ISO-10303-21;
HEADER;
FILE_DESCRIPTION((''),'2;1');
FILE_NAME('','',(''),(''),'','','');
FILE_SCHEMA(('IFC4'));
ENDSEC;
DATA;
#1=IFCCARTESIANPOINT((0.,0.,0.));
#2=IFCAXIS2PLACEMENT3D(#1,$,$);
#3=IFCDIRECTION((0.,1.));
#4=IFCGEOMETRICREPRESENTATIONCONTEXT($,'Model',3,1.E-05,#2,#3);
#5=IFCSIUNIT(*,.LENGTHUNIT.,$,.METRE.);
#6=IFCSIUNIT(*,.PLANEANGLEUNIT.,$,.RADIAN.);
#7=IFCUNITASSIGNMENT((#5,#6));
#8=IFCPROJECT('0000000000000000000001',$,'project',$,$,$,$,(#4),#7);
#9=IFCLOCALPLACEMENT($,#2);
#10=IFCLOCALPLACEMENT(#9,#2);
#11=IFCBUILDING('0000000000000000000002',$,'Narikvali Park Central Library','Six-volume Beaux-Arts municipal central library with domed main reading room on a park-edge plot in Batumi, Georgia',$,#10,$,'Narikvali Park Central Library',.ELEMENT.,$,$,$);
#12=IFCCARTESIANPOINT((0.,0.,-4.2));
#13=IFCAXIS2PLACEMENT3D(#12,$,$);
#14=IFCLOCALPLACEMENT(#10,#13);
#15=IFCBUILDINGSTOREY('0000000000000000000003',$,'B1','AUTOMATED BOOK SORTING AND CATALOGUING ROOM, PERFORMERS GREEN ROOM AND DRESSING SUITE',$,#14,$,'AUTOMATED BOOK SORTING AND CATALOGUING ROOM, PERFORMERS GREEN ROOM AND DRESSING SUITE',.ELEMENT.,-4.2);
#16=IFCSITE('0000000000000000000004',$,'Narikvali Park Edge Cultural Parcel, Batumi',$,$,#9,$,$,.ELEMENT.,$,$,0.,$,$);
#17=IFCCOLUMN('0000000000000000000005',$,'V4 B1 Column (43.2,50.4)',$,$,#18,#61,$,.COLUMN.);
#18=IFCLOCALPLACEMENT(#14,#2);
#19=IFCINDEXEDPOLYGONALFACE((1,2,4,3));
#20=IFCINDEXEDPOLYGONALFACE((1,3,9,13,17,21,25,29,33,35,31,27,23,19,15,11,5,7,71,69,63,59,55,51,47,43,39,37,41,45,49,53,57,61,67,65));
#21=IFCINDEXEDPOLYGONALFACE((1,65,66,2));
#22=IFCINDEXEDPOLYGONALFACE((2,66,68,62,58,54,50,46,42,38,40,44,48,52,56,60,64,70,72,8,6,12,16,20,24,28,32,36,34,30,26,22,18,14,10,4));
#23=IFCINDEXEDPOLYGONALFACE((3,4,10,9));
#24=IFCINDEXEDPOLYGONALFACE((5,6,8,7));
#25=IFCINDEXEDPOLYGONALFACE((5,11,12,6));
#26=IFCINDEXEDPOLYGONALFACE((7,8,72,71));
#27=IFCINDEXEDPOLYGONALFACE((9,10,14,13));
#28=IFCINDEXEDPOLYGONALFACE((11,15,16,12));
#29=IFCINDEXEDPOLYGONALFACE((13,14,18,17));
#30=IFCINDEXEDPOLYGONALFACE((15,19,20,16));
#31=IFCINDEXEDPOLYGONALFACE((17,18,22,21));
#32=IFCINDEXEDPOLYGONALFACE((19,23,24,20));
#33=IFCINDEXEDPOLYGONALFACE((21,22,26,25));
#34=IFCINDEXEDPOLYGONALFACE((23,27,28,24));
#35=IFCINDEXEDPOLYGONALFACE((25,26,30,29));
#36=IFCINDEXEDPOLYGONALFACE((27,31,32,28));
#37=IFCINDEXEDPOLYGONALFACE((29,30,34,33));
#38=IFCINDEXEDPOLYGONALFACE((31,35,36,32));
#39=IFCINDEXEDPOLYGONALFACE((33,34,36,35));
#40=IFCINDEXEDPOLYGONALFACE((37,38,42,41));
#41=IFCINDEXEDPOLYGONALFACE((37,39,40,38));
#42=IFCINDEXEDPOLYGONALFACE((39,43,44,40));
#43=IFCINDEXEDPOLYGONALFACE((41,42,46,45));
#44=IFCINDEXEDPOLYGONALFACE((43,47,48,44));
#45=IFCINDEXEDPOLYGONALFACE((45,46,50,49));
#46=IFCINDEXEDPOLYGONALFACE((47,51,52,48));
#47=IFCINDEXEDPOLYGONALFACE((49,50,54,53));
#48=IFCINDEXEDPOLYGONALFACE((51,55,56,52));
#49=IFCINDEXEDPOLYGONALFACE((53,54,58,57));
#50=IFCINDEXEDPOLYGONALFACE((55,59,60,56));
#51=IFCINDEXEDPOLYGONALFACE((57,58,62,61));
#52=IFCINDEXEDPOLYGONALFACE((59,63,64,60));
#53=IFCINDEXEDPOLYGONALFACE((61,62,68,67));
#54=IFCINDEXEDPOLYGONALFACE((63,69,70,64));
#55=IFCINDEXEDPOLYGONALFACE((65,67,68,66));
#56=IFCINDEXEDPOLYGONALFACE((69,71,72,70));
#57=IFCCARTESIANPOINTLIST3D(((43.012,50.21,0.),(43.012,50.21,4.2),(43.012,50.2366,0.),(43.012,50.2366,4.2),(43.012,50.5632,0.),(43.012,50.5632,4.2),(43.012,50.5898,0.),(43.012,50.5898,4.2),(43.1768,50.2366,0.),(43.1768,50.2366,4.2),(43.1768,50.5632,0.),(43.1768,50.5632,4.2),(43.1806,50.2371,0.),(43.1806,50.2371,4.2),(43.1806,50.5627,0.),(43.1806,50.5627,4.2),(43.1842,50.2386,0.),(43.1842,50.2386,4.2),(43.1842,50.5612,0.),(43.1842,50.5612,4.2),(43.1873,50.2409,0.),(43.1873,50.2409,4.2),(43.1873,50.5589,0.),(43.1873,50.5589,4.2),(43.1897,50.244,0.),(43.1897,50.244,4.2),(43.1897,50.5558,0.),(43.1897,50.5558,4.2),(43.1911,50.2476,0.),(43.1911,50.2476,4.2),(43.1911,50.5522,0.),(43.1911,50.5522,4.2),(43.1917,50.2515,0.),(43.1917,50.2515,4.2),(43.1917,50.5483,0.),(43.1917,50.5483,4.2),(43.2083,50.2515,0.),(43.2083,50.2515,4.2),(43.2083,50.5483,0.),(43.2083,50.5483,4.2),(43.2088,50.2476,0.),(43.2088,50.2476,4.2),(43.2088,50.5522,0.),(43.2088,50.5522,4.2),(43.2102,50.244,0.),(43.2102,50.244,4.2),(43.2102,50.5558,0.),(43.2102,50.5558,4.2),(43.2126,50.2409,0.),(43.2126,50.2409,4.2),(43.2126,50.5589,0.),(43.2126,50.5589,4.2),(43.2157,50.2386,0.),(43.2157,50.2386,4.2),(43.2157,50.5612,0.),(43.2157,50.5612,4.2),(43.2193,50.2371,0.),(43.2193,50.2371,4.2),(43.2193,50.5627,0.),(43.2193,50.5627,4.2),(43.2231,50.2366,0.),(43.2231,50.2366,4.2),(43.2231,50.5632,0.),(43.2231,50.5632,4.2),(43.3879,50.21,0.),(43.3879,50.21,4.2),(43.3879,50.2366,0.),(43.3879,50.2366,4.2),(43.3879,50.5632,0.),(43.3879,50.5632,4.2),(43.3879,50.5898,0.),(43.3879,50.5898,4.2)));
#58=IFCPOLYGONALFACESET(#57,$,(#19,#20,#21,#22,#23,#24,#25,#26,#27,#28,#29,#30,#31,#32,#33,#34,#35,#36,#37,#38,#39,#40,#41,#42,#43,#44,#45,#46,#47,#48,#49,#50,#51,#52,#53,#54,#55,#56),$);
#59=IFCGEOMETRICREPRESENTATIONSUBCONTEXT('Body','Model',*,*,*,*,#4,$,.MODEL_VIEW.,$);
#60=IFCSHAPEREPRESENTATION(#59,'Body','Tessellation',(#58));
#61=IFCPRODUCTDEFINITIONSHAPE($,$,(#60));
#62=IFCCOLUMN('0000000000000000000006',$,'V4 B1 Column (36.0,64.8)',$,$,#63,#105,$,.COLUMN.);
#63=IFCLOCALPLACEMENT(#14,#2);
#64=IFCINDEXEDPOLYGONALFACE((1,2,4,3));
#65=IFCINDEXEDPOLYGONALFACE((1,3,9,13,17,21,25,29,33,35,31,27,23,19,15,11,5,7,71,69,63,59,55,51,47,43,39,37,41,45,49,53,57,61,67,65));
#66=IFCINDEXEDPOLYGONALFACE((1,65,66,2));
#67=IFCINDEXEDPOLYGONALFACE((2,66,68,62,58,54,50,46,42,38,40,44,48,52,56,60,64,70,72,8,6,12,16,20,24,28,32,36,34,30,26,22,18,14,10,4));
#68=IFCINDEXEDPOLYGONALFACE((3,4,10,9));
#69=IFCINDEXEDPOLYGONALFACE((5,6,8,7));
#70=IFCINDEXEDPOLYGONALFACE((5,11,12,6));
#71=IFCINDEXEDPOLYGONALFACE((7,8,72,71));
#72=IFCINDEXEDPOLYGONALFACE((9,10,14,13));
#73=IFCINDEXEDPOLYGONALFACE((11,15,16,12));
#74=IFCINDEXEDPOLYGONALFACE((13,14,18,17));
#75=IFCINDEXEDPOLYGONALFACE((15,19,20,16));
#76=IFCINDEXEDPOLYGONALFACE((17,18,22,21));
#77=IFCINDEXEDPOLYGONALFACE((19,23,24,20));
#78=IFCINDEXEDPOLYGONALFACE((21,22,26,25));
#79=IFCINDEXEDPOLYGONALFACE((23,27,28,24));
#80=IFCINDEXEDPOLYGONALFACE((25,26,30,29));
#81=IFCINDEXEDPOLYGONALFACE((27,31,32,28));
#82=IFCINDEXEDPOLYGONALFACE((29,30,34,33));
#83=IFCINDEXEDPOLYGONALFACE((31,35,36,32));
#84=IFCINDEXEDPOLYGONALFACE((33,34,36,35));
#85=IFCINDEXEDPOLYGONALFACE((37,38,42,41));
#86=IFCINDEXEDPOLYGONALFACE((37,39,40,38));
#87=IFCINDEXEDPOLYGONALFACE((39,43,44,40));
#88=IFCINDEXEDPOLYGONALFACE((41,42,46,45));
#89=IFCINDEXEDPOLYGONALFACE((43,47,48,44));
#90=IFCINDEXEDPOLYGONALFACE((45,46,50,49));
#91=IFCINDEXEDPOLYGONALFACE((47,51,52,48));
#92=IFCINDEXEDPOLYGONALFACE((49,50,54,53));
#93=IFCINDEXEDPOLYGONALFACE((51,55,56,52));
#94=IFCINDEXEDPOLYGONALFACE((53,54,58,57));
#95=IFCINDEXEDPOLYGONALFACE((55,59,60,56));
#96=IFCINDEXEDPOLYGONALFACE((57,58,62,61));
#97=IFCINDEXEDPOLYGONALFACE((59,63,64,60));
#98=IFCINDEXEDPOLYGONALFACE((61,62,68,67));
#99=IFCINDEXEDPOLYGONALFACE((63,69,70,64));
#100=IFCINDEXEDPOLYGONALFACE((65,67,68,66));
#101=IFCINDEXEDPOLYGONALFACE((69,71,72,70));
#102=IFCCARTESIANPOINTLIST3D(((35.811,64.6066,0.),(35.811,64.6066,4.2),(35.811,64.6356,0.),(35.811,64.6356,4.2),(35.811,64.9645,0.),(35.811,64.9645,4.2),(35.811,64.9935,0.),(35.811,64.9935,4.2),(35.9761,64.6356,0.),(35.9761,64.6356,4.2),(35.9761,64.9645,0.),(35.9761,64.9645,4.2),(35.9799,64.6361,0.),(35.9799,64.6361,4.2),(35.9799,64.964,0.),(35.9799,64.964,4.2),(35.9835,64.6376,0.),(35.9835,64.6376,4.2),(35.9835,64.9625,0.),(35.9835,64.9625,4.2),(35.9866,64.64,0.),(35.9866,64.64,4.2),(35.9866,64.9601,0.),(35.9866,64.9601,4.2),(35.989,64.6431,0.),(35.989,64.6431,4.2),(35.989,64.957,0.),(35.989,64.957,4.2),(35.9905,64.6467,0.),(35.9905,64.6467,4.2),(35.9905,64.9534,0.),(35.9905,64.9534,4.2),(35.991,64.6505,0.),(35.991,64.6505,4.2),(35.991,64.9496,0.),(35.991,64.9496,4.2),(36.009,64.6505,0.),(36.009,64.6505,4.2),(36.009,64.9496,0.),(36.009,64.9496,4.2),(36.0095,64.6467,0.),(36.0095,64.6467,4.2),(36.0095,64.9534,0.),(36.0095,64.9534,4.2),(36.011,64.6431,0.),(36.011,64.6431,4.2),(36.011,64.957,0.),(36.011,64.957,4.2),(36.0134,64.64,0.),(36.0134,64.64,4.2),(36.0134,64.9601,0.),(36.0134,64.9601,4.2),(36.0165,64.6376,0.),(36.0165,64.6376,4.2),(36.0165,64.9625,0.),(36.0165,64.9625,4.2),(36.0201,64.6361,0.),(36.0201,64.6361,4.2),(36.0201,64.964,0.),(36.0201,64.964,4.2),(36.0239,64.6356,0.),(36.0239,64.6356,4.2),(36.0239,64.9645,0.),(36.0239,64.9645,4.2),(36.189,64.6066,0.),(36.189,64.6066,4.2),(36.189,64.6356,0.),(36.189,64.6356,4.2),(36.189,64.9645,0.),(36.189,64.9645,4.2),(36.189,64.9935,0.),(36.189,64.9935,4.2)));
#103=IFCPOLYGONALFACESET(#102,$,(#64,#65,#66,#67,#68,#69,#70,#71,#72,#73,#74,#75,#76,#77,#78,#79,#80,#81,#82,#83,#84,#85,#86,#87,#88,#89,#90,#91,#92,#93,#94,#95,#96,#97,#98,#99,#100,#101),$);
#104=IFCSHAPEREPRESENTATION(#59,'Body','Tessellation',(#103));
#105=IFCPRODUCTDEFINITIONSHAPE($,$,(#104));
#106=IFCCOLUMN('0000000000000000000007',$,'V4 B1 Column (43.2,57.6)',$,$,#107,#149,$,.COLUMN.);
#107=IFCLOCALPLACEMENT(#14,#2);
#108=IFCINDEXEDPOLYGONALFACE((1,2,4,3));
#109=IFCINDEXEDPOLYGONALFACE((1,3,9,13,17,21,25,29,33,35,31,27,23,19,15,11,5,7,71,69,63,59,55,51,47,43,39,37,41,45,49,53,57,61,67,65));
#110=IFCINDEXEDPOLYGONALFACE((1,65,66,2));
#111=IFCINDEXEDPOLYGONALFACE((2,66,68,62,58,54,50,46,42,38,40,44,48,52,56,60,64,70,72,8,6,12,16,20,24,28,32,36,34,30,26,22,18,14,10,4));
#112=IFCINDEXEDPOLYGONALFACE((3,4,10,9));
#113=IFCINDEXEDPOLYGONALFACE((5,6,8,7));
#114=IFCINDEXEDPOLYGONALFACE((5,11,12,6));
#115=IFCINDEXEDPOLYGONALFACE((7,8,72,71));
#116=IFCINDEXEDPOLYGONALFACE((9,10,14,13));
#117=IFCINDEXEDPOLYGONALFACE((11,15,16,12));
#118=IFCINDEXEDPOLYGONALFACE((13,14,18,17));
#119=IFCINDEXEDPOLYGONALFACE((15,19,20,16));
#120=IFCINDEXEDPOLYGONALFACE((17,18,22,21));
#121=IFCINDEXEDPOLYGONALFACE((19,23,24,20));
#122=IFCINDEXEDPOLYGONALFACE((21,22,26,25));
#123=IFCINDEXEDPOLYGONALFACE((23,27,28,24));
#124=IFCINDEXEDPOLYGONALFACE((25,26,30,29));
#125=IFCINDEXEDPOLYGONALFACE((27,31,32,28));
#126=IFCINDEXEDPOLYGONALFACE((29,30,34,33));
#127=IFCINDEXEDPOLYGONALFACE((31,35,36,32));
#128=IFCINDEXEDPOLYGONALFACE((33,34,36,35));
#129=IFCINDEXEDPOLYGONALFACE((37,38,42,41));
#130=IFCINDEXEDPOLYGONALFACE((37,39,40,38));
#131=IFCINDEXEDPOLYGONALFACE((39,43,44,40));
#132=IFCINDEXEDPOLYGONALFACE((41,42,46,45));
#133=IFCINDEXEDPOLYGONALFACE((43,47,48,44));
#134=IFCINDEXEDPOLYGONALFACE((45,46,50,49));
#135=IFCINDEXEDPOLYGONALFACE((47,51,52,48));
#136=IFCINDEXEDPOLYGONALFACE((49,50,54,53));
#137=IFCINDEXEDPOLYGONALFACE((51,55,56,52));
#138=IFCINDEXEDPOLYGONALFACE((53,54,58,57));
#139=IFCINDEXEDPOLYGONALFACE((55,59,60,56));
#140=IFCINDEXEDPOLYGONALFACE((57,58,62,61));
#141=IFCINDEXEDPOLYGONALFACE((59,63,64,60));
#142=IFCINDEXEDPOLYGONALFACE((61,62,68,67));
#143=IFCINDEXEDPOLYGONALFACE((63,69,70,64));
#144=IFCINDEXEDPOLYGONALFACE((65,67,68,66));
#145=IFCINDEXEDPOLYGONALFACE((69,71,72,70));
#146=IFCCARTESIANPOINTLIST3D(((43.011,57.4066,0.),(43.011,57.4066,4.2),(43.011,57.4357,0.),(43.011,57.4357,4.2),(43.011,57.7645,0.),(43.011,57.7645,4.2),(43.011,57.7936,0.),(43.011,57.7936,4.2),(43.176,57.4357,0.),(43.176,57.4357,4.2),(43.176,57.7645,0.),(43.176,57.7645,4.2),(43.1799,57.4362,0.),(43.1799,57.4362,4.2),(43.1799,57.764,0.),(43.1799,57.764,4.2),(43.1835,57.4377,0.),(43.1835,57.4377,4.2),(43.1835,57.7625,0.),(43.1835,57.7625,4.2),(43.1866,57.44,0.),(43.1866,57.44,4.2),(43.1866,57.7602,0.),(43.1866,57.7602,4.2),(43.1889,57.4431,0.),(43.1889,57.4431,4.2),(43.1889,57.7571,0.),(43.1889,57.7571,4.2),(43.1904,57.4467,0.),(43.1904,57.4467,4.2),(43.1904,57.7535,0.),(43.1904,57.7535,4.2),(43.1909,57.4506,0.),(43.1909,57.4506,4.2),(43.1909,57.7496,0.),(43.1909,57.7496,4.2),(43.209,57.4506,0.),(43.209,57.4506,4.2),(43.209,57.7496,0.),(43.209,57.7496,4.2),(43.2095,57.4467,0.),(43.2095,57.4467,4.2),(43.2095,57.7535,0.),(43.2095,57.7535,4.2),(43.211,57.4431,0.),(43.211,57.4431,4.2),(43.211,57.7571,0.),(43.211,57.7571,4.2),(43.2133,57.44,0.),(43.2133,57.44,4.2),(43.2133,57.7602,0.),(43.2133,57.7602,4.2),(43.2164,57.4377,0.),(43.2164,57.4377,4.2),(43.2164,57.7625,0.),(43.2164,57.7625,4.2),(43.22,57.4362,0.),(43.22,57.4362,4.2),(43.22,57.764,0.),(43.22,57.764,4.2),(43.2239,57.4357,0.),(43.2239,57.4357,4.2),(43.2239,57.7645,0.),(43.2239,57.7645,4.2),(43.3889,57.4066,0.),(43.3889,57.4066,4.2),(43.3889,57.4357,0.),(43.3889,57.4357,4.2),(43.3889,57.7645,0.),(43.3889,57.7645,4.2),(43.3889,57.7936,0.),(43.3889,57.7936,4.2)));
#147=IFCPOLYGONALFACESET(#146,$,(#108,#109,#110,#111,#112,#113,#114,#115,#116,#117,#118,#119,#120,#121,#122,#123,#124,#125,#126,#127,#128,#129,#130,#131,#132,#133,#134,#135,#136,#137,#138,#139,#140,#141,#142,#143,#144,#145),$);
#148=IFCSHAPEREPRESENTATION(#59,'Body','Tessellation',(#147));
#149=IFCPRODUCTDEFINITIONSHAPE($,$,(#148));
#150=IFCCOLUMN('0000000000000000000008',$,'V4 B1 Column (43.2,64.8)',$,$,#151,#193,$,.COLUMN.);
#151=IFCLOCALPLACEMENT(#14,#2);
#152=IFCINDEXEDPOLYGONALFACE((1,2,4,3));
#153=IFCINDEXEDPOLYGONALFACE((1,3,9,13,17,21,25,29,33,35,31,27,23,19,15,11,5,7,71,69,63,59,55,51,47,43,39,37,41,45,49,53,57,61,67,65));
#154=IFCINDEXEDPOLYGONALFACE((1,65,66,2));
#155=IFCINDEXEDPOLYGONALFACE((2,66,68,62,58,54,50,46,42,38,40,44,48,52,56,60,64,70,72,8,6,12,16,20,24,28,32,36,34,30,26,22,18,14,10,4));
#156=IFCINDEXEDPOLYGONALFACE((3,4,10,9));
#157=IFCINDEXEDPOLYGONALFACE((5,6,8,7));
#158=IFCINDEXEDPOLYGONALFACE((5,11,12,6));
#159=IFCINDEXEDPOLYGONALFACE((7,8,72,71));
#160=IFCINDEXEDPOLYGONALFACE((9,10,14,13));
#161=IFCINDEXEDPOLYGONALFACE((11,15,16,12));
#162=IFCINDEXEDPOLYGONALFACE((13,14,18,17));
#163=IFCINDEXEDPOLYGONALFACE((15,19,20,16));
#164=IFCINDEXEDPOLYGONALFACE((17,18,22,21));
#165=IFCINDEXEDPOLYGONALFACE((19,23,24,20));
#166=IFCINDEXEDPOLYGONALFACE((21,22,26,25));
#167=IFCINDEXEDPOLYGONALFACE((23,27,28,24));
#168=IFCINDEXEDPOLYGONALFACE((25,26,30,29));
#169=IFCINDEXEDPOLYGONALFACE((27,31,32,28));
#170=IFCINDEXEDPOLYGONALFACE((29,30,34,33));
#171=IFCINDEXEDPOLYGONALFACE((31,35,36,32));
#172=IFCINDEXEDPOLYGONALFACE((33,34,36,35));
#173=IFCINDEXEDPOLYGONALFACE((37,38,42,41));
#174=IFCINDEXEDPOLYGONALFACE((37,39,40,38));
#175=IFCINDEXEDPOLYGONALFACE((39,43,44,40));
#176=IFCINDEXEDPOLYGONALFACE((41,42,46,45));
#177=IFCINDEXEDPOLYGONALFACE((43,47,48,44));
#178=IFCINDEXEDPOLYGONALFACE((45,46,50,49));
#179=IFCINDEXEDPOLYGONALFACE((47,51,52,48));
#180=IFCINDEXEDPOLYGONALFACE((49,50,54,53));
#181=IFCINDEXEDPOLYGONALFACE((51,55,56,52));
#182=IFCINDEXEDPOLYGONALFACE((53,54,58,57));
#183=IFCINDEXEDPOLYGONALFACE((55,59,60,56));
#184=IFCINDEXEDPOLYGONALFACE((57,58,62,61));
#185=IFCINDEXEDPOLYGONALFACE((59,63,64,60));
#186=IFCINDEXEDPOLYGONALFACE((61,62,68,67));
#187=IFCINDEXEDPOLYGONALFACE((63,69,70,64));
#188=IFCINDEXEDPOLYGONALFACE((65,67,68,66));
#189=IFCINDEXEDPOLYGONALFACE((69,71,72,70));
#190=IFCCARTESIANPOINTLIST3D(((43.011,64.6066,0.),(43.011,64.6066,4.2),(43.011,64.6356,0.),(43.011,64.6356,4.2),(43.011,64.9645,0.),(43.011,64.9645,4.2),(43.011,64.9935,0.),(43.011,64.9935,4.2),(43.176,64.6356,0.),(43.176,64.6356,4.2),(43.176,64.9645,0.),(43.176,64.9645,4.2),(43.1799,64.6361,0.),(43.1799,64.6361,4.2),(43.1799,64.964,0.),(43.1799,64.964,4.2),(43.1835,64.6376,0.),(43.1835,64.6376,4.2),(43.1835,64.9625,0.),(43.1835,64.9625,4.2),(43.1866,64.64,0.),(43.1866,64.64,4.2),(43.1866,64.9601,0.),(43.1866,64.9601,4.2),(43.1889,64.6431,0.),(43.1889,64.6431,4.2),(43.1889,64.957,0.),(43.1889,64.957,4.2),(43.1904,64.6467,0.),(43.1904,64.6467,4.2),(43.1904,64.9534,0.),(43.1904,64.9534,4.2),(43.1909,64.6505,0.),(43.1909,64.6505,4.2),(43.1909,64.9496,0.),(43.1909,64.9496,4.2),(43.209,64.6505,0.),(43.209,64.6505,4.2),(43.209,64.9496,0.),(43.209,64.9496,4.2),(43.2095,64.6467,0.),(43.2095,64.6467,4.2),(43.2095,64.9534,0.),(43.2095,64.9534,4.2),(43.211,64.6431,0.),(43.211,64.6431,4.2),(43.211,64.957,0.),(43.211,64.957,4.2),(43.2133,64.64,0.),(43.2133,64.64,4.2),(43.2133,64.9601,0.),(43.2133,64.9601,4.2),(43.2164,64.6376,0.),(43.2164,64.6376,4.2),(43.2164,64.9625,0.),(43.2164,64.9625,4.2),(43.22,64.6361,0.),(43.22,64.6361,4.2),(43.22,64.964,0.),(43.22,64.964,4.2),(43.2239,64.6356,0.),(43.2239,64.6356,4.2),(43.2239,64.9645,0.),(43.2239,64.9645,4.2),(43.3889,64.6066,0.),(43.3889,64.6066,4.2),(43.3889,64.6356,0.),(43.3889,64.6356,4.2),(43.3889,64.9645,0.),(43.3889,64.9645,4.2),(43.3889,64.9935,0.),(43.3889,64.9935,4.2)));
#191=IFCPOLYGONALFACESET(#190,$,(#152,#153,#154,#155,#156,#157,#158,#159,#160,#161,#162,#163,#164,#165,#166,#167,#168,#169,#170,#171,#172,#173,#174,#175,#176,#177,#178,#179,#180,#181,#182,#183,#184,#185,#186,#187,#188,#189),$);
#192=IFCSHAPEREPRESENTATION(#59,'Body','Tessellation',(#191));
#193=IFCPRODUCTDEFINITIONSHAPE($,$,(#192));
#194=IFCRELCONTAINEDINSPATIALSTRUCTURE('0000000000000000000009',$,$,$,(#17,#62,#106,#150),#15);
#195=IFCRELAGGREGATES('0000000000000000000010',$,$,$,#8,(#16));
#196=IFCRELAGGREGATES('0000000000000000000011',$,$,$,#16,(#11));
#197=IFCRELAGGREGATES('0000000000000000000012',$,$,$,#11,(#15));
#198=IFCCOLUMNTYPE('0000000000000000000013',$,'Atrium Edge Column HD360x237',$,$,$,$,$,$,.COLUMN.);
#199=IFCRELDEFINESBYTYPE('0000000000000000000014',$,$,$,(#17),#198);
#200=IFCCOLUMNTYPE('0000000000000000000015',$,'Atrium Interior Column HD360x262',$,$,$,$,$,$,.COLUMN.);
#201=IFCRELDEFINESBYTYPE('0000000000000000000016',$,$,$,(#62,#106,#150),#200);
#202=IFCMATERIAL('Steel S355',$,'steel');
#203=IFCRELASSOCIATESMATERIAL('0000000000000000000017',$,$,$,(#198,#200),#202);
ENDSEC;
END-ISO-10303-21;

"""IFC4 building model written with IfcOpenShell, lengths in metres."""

from ifc_helpers import new_model, si_unit, direction, frame, origin, origin_2d, place, context, subcontext, project, spatial, i_section, extrude, material, material_profile, profile_set, type_object, element, save


model = new_model("IFC4")

# Units and contexts
model_context = context("Model", 3, precision=1e-05, world=origin(), true_north=direction((0.0, 1.0)))
body_context = subcontext(model_context, "Body", "Model", "MODEL_VIEW")
ifc_project = project(units=[si_unit("LENGTHUNIT", "METRE"), si_unit("PLANEANGLEUNIT", "RADIAN")], contexts=[model_context])

# Site, building, storey
site_placement = place(None, origin())
site = spatial("IfcSite", under=ifc_project, at=site_placement, Name="Narikvali Park Edge Cultural Parcel, Batumi", CompositionType="ELEMENT", RefElevation=0.0)
building_placement = place(site_placement, origin())
building = spatial("IfcBuilding", under=site, at=building_placement, Name="Narikvali Park Central Library", Description="Six-volume Beaux-Arts municipal central library with domed main reading room on a park-edge plot in Batumi, Georgia", LongName="Narikvali Park Central Library", CompositionType="ELEMENT")
storey_placement = place(building_placement, frame((0.0, 0.0, -4.2)))
storey = spatial("IfcBuildingStorey", under=building, at=storey_placement, Name="B1", Description="AUTOMATED BOOK SORTING AND CATALOGUING ROOM, PERFORMERS GREEN ROOM AND DRESSING SUITE", LongName="AUTOMATED BOOK SORTING AND CATALOGUING ROOM, PERFORMERS GREEN ROOM AND DRESSING SUITE", CompositionType="ELEMENT", Elevation=-4.2)

# Columns
ifc_material_1 = material(Name="Steel S355", Category="steel")
ifc_material_profile_1 = material_profile(ifc_material_1, i_section(OverallWidth=0.376, OverallDepth=0.3799, WebThickness=0.0166, FlangeThickness=0.0266, FilletRadius=0.0149, at=origin_2d()), Name="HD 360x237")
ifc_profile_set_1 = profile_set([ifc_material_profile_1], Name="Steel S355")
column_type_1 = type_object("IfcColumnType", Name="Atrium Edge Column HD360x237", PredefinedType="COLUMN", material=ifc_profile_set_1)
column_placement = place(storey_placement, frame((43.2, 50.3999, 0.0), z_axis=(0.0, 0.0, 1.0), x_axis=(1.0, 0.0, 0.0)))
element("IfcColumn", 1, at=column_placement, inside=storey, type_object=column_type_1, Name="V4 B1 Column (43.2,50.4)", PredefinedType="COLUMN", context=body_context, shape_type="SweptSolid", body=[
    extrude(i_section(OverallWidth=0.376, OverallDepth=0.3799, WebThickness=0.0166, FlangeThickness=0.0266, FilletRadius=0.0149, at=origin_2d()), origin(), (0.0, 0.0, 1.0), 4.2),
])
ifc_material_profile_2 = material_profile(ifc_material_1, i_section(OverallWidth=0.3779, OverallDepth=0.387, WebThickness=0.0181, FlangeThickness=0.0291, FilletRadius=0.0149, at=origin_2d()), Name="HD 360x262")
ifc_profile_set_2 = profile_set([ifc_material_profile_2], Name="Steel S355")
column_type_2 = type_object("IfcColumnType", Name="Atrium Interior Column HD360x262", PredefinedType="COLUMN", material=ifc_profile_set_2)
for number, where, z_axis, x_axis, name in (
    (2, (36.0, 64.8, 0.0), (0.0, 0.0, 1.0), (1.0, 0.0, 0.0), "V4 B1 Column (36.0,64.8)"),
    (3, (43.2, 57.6001, 0.0), (0.0, 0.0, 1.0), (1.0, 0.0, 0.0), "V4 B1 Column (43.2,57.6)"),
    (4, (43.2, 64.8, 0.0), (0.0, 0.0, 1.0), (1.0, 0.0, 0.0), "V4 B1 Column (43.2,64.8)"),
):
    element("IfcColumn", number, at=place(storey_placement, frame(where, z_axis=z_axis, x_axis=x_axis)), inside=storey, type_object=column_type_2, Name=name, PredefinedType="COLUMN", context=body_context, shape_type="SweptSolid", body=[
        extrude(i_section(OverallWidth=0.3779, OverallDepth=0.387, WebThickness=0.0181, FlangeThickness=0.0291, FilletRadius=0.0149, at=origin_2d()), origin(), (0.0, 0.0, 1.0), 4.2),
    ])

save(model, "model.ifc")
